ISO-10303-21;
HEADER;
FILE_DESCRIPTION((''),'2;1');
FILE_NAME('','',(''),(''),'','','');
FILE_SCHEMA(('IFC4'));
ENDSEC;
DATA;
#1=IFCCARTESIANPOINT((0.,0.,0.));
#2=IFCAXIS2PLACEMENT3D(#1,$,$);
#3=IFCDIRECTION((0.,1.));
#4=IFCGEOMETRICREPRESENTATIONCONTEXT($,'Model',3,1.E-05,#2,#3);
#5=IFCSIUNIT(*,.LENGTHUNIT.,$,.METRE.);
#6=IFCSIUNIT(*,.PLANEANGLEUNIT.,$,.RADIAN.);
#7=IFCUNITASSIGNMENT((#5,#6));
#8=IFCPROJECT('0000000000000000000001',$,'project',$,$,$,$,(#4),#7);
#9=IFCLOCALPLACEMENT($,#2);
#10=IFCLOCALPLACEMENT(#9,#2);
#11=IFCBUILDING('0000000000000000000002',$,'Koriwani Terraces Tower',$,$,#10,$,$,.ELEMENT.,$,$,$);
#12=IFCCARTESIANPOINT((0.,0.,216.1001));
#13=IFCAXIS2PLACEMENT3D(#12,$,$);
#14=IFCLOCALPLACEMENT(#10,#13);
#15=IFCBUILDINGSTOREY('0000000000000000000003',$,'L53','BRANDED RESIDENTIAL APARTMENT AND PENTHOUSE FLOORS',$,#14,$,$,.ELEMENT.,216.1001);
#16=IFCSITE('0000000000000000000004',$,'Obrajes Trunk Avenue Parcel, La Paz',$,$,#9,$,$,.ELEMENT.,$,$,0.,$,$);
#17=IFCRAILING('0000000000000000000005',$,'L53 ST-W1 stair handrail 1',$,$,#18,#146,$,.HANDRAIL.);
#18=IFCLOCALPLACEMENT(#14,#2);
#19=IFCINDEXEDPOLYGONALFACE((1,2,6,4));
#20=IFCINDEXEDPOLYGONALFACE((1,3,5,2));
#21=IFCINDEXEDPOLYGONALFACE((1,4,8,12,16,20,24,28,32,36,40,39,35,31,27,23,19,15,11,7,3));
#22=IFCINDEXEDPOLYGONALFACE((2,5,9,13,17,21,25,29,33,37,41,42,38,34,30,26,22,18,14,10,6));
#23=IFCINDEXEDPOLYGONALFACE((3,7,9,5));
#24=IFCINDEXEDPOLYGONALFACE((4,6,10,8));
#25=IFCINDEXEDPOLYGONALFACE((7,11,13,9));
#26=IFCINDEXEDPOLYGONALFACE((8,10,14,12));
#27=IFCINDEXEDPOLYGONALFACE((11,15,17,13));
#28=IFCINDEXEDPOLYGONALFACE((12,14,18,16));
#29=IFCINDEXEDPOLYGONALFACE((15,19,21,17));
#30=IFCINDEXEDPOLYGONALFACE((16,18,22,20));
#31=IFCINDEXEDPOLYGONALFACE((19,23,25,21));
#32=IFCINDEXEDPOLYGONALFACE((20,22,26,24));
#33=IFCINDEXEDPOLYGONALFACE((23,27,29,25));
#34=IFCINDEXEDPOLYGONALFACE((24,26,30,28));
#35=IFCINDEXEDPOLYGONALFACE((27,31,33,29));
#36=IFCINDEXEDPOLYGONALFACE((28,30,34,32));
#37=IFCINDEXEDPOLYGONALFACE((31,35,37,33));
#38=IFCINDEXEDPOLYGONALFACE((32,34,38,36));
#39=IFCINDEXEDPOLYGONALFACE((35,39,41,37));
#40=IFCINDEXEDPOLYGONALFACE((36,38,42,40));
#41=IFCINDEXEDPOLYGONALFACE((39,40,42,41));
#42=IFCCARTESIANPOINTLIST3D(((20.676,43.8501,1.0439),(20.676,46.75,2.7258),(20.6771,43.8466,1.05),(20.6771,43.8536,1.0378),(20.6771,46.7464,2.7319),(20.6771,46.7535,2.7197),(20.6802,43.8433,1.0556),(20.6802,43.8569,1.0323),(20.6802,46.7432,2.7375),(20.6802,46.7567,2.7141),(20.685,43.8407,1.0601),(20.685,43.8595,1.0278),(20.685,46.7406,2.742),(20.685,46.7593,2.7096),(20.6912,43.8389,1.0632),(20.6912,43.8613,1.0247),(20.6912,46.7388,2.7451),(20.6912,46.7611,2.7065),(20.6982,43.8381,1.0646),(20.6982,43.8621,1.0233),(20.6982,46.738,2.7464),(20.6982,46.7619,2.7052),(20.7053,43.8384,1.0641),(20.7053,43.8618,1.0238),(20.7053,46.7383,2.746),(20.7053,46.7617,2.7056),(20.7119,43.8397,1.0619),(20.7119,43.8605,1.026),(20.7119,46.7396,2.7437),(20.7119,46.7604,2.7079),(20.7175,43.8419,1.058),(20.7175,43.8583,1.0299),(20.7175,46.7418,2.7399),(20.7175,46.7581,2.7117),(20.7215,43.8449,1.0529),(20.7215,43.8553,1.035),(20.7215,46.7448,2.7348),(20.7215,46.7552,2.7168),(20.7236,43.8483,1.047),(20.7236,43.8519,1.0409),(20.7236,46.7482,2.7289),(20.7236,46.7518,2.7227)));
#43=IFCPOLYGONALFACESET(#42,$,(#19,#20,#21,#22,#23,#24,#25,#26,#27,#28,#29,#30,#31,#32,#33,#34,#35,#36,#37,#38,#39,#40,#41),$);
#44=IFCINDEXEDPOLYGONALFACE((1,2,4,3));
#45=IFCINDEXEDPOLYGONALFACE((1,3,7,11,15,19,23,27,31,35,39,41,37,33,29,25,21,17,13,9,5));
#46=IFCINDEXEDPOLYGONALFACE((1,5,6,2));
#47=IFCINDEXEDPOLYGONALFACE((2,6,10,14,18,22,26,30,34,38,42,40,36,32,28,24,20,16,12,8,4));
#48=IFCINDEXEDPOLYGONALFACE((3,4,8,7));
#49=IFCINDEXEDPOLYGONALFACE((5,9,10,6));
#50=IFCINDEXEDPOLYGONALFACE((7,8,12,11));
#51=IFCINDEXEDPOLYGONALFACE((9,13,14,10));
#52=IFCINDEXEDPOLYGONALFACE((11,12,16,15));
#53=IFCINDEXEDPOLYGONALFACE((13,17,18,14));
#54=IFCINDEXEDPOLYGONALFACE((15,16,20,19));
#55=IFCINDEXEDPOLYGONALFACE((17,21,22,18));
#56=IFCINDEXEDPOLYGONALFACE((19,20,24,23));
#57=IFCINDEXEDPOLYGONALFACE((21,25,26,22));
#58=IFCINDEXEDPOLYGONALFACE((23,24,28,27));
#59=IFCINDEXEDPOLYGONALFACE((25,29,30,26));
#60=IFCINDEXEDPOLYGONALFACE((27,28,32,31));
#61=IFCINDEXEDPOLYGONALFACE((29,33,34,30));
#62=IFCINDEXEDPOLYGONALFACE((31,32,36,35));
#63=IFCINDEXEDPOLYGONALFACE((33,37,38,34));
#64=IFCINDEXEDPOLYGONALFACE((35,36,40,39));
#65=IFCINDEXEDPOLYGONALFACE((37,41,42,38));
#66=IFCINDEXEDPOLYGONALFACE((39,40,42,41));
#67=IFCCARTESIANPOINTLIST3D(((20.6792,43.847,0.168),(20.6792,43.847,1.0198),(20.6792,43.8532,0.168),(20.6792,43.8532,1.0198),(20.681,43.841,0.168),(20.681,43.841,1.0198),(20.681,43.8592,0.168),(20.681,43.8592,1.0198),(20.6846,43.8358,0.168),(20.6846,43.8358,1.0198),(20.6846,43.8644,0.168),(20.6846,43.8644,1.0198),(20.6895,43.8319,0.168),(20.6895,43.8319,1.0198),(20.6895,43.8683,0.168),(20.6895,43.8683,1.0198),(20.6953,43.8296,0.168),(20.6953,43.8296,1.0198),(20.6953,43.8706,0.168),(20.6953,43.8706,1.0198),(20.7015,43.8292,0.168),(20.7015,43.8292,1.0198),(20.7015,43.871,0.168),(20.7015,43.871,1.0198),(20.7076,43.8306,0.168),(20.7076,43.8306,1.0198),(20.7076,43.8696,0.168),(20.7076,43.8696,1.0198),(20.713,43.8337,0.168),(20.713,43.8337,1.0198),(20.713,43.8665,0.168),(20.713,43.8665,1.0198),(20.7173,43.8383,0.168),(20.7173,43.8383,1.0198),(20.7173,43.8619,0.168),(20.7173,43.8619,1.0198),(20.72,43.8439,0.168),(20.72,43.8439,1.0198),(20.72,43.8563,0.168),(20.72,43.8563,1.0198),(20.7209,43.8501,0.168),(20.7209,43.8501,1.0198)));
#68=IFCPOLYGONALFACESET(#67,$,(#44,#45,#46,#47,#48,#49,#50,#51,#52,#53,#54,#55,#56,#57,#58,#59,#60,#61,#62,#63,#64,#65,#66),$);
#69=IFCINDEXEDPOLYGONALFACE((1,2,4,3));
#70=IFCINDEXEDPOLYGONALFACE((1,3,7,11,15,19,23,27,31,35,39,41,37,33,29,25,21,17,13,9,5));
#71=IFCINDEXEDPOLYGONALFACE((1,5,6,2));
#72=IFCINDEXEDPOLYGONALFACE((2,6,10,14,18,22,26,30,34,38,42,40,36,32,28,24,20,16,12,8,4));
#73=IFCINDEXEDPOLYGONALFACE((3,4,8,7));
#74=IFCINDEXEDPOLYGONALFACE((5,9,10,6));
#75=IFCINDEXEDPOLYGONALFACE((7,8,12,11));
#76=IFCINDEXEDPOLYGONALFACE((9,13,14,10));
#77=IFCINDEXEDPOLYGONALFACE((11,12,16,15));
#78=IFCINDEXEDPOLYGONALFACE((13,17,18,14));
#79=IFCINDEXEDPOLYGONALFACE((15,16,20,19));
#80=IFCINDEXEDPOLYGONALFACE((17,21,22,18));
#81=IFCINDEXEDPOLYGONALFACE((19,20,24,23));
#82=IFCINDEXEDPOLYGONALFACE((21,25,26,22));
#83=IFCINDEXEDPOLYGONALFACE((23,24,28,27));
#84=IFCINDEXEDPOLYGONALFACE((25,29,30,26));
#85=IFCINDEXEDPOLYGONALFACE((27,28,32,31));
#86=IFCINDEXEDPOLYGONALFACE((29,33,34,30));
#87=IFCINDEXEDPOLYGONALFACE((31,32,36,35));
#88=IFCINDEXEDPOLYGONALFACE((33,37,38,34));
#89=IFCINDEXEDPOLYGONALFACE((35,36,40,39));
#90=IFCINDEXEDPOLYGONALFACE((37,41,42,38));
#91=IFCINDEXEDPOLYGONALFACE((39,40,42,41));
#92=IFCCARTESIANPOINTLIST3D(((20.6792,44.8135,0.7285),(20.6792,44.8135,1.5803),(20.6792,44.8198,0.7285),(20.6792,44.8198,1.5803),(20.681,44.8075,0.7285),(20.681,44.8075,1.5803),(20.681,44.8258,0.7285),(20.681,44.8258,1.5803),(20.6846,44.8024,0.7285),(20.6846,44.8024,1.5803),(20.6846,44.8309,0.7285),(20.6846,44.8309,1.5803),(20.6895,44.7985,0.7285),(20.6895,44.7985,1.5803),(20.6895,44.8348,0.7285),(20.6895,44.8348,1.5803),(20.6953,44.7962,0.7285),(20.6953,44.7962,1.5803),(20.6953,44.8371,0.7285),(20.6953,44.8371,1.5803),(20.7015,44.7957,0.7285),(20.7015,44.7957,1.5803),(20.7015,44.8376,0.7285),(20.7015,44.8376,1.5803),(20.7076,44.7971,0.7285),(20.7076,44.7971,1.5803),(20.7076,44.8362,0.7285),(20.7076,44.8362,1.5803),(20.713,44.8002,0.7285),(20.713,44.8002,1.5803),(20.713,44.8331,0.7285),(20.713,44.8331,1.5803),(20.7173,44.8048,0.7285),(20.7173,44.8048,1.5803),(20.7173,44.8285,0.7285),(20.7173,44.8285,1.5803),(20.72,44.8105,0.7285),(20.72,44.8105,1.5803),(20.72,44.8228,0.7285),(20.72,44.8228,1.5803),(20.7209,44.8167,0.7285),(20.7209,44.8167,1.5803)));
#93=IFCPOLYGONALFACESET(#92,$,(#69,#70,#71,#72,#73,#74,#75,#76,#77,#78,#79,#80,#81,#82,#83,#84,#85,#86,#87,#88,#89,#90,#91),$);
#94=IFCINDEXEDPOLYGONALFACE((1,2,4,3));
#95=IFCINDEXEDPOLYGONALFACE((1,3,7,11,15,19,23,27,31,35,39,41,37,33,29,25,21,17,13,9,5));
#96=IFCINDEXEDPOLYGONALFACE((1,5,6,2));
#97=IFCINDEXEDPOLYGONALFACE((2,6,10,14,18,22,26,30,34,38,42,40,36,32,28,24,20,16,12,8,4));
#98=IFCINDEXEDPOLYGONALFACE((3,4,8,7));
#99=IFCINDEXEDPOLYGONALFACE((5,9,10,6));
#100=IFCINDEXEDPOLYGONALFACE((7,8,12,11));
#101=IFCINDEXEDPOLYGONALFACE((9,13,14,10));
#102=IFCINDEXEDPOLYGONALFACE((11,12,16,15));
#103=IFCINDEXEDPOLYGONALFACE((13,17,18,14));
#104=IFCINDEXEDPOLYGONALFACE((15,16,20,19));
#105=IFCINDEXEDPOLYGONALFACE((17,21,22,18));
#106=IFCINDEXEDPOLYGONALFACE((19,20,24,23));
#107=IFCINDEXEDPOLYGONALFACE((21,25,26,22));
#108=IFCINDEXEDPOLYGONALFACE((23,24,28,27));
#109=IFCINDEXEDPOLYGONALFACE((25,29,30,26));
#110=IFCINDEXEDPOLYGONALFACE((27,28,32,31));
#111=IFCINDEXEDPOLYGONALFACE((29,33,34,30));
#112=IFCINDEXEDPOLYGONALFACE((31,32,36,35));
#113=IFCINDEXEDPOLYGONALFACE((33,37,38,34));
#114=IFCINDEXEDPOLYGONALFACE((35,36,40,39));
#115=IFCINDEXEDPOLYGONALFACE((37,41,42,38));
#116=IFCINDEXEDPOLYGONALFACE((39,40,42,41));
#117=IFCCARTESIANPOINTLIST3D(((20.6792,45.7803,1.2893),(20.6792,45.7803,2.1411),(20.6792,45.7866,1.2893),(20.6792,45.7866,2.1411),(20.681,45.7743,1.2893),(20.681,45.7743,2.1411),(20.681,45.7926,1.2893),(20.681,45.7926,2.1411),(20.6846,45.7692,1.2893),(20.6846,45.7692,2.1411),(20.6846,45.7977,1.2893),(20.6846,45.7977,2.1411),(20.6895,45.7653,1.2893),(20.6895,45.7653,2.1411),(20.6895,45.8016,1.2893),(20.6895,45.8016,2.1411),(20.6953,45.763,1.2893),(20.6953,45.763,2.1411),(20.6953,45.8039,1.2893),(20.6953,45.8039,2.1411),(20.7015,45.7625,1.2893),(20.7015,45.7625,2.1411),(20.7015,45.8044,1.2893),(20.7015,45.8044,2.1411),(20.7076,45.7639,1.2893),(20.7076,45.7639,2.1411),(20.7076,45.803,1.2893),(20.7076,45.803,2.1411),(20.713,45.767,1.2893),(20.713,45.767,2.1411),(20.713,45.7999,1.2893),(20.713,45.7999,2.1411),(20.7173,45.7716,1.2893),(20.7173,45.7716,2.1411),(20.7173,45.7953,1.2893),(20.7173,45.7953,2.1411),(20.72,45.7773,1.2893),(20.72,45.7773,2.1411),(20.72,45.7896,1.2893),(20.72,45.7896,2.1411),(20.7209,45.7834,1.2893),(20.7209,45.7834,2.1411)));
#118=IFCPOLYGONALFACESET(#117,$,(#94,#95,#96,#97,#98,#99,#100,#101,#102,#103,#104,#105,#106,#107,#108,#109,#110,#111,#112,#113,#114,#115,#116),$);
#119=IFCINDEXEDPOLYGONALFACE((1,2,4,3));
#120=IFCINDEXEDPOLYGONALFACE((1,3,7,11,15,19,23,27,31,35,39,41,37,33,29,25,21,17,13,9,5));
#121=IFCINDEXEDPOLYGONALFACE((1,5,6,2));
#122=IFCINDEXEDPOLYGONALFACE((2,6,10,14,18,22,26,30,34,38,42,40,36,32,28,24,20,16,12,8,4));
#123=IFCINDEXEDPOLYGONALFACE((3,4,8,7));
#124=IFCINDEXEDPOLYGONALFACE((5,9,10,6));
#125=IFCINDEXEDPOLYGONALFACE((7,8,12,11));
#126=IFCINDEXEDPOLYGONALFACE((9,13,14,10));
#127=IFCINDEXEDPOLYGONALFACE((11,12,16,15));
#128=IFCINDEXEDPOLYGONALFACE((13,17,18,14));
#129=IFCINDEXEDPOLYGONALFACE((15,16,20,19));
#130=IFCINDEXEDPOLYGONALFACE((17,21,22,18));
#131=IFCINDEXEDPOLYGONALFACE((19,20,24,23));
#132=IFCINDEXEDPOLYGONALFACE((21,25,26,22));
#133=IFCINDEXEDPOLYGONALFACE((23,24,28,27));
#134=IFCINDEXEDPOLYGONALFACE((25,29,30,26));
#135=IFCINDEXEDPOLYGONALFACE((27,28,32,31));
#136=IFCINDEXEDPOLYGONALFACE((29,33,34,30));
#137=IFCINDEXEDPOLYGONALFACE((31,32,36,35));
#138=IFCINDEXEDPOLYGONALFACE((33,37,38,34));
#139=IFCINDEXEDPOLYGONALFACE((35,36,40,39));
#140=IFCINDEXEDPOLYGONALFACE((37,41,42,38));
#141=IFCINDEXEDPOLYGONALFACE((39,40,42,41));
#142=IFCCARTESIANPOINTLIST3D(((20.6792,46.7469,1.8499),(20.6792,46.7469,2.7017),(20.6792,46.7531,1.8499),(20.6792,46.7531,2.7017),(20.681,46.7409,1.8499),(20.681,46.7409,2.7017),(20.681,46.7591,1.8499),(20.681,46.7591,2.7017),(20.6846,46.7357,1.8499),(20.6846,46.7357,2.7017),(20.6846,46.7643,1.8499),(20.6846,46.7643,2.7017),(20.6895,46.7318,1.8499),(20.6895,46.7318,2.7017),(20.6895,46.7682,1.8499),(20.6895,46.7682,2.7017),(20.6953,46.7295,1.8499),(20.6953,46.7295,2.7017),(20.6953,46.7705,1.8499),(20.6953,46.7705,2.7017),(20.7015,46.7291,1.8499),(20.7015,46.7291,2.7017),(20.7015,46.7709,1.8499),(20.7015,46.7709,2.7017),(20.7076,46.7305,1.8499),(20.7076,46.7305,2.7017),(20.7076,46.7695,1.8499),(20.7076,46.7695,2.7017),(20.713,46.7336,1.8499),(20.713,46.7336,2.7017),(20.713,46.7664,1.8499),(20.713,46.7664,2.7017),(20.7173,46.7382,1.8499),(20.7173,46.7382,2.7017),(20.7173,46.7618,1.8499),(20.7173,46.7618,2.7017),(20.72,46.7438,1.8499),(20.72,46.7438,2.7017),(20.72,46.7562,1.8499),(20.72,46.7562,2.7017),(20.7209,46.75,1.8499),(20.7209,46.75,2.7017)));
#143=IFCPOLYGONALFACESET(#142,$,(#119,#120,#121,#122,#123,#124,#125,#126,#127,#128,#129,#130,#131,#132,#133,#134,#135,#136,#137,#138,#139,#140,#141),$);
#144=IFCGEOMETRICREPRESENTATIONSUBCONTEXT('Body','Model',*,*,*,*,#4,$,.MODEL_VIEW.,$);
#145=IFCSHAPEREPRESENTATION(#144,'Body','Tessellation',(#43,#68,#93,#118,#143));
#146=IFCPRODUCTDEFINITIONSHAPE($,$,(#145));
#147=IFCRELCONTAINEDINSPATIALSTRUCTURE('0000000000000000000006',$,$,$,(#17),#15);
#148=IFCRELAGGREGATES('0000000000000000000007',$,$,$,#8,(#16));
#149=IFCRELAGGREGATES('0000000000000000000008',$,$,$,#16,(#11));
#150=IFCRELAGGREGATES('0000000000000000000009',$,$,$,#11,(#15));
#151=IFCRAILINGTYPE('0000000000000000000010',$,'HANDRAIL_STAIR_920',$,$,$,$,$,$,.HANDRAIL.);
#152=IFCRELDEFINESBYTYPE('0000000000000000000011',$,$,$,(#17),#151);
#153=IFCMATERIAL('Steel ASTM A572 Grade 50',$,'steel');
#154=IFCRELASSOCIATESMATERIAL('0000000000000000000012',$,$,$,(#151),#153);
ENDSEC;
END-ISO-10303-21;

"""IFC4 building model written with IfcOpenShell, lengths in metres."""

from ifc_helpers import new_model, si_unit, direction, frame, origin, origin_2d, place, context, subcontext, project, spatial, circle, extrude, material, type_object, element, save


model = new_model("IFC4")

# Units and contexts
model_context = context("Model", 3, precision=1e-05, world=origin(), true_north=direction((0.0, 1.0)))
body_context = subcontext(model_context, "Body", "Model", "MODEL_VIEW")
ifc_project = project(units=[si_unit("LENGTHUNIT", "METRE"), si_unit("PLANEANGLEUNIT", "RADIAN")], contexts=[model_context])

# Site, building, storey
site_placement = place(None, origin())
site = spatial("IfcSite", under=ifc_project, at=site_placement, Name="Obrajes Trunk Avenue Parcel, La Paz", CompositionType="ELEMENT", RefElevation=0.0)
building_placement = place(site_placement, origin())
building = spatial("IfcBuilding", under=site, at=building_placement, Name="Koriwani Terraces Tower", CompositionType="ELEMENT")
storey_placement = place(building_placement, frame((0.0, 0.0, 216.1001)))
storey = spatial("IfcBuildingStorey", under=building, at=storey_placement, Name="L53", Description="BRANDED RESIDENTIAL APARTMENT AND PENTHOUSE FLOORS", CompositionType="ELEMENT", Elevation=216.1001)

# Shared definitions
ifc_material_1 = material(Name="Steel ASTM A572 Grade 50", Category="steel")

# Railing
railing_type_1 = type_object("IfcRailingType", Name="HANDRAIL_STAIR_920", PredefinedType="HANDRAIL", material=ifc_material_1)
railing_1_placement = place(storey_placement, frame((20.7, 43.8501, 0.168)))
element("IfcRailing", 1, at=railing_1_placement, inside=storey, type_object=railing_type_1, Name="L53 ST-W1 stair handrail 1", PredefinedType="HANDRAIL", context=body_context, shape_type="SweptSolid", body=[
    extrude(circle(Radius=0.0239, at=origin_2d()), frame((0.0, 0.0, 0.876), z_axis=(0.0, 0.865039, 0.501705), x_axis=(-1.0, 0.0, 0.0)), (0.0, 0.0, 1.0), 3.3523),
    extrude(circle(Radius=0.021, at=origin_2d()), origin(), (0.0, 0.0, 1.0), 0.8518),
    extrude(circle(Radius=0.021, at=origin_2d()), frame((0.0, 0.9666, 0.5605)), (0.0, 0.0, 1.0), 0.8518),
    extrude(circle(Radius=0.021, at=origin_2d()), frame((0.0, 1.9333, 1.1213)), (0.0, 0.0, 1.0), 0.8518),
    extrude(circle(Radius=0.021, at=origin_2d()), frame((0.0, 2.8999, 1.6819)), (0.0, 0.0, 1.0), 0.8518),
])

save(model, "model.ifc")
